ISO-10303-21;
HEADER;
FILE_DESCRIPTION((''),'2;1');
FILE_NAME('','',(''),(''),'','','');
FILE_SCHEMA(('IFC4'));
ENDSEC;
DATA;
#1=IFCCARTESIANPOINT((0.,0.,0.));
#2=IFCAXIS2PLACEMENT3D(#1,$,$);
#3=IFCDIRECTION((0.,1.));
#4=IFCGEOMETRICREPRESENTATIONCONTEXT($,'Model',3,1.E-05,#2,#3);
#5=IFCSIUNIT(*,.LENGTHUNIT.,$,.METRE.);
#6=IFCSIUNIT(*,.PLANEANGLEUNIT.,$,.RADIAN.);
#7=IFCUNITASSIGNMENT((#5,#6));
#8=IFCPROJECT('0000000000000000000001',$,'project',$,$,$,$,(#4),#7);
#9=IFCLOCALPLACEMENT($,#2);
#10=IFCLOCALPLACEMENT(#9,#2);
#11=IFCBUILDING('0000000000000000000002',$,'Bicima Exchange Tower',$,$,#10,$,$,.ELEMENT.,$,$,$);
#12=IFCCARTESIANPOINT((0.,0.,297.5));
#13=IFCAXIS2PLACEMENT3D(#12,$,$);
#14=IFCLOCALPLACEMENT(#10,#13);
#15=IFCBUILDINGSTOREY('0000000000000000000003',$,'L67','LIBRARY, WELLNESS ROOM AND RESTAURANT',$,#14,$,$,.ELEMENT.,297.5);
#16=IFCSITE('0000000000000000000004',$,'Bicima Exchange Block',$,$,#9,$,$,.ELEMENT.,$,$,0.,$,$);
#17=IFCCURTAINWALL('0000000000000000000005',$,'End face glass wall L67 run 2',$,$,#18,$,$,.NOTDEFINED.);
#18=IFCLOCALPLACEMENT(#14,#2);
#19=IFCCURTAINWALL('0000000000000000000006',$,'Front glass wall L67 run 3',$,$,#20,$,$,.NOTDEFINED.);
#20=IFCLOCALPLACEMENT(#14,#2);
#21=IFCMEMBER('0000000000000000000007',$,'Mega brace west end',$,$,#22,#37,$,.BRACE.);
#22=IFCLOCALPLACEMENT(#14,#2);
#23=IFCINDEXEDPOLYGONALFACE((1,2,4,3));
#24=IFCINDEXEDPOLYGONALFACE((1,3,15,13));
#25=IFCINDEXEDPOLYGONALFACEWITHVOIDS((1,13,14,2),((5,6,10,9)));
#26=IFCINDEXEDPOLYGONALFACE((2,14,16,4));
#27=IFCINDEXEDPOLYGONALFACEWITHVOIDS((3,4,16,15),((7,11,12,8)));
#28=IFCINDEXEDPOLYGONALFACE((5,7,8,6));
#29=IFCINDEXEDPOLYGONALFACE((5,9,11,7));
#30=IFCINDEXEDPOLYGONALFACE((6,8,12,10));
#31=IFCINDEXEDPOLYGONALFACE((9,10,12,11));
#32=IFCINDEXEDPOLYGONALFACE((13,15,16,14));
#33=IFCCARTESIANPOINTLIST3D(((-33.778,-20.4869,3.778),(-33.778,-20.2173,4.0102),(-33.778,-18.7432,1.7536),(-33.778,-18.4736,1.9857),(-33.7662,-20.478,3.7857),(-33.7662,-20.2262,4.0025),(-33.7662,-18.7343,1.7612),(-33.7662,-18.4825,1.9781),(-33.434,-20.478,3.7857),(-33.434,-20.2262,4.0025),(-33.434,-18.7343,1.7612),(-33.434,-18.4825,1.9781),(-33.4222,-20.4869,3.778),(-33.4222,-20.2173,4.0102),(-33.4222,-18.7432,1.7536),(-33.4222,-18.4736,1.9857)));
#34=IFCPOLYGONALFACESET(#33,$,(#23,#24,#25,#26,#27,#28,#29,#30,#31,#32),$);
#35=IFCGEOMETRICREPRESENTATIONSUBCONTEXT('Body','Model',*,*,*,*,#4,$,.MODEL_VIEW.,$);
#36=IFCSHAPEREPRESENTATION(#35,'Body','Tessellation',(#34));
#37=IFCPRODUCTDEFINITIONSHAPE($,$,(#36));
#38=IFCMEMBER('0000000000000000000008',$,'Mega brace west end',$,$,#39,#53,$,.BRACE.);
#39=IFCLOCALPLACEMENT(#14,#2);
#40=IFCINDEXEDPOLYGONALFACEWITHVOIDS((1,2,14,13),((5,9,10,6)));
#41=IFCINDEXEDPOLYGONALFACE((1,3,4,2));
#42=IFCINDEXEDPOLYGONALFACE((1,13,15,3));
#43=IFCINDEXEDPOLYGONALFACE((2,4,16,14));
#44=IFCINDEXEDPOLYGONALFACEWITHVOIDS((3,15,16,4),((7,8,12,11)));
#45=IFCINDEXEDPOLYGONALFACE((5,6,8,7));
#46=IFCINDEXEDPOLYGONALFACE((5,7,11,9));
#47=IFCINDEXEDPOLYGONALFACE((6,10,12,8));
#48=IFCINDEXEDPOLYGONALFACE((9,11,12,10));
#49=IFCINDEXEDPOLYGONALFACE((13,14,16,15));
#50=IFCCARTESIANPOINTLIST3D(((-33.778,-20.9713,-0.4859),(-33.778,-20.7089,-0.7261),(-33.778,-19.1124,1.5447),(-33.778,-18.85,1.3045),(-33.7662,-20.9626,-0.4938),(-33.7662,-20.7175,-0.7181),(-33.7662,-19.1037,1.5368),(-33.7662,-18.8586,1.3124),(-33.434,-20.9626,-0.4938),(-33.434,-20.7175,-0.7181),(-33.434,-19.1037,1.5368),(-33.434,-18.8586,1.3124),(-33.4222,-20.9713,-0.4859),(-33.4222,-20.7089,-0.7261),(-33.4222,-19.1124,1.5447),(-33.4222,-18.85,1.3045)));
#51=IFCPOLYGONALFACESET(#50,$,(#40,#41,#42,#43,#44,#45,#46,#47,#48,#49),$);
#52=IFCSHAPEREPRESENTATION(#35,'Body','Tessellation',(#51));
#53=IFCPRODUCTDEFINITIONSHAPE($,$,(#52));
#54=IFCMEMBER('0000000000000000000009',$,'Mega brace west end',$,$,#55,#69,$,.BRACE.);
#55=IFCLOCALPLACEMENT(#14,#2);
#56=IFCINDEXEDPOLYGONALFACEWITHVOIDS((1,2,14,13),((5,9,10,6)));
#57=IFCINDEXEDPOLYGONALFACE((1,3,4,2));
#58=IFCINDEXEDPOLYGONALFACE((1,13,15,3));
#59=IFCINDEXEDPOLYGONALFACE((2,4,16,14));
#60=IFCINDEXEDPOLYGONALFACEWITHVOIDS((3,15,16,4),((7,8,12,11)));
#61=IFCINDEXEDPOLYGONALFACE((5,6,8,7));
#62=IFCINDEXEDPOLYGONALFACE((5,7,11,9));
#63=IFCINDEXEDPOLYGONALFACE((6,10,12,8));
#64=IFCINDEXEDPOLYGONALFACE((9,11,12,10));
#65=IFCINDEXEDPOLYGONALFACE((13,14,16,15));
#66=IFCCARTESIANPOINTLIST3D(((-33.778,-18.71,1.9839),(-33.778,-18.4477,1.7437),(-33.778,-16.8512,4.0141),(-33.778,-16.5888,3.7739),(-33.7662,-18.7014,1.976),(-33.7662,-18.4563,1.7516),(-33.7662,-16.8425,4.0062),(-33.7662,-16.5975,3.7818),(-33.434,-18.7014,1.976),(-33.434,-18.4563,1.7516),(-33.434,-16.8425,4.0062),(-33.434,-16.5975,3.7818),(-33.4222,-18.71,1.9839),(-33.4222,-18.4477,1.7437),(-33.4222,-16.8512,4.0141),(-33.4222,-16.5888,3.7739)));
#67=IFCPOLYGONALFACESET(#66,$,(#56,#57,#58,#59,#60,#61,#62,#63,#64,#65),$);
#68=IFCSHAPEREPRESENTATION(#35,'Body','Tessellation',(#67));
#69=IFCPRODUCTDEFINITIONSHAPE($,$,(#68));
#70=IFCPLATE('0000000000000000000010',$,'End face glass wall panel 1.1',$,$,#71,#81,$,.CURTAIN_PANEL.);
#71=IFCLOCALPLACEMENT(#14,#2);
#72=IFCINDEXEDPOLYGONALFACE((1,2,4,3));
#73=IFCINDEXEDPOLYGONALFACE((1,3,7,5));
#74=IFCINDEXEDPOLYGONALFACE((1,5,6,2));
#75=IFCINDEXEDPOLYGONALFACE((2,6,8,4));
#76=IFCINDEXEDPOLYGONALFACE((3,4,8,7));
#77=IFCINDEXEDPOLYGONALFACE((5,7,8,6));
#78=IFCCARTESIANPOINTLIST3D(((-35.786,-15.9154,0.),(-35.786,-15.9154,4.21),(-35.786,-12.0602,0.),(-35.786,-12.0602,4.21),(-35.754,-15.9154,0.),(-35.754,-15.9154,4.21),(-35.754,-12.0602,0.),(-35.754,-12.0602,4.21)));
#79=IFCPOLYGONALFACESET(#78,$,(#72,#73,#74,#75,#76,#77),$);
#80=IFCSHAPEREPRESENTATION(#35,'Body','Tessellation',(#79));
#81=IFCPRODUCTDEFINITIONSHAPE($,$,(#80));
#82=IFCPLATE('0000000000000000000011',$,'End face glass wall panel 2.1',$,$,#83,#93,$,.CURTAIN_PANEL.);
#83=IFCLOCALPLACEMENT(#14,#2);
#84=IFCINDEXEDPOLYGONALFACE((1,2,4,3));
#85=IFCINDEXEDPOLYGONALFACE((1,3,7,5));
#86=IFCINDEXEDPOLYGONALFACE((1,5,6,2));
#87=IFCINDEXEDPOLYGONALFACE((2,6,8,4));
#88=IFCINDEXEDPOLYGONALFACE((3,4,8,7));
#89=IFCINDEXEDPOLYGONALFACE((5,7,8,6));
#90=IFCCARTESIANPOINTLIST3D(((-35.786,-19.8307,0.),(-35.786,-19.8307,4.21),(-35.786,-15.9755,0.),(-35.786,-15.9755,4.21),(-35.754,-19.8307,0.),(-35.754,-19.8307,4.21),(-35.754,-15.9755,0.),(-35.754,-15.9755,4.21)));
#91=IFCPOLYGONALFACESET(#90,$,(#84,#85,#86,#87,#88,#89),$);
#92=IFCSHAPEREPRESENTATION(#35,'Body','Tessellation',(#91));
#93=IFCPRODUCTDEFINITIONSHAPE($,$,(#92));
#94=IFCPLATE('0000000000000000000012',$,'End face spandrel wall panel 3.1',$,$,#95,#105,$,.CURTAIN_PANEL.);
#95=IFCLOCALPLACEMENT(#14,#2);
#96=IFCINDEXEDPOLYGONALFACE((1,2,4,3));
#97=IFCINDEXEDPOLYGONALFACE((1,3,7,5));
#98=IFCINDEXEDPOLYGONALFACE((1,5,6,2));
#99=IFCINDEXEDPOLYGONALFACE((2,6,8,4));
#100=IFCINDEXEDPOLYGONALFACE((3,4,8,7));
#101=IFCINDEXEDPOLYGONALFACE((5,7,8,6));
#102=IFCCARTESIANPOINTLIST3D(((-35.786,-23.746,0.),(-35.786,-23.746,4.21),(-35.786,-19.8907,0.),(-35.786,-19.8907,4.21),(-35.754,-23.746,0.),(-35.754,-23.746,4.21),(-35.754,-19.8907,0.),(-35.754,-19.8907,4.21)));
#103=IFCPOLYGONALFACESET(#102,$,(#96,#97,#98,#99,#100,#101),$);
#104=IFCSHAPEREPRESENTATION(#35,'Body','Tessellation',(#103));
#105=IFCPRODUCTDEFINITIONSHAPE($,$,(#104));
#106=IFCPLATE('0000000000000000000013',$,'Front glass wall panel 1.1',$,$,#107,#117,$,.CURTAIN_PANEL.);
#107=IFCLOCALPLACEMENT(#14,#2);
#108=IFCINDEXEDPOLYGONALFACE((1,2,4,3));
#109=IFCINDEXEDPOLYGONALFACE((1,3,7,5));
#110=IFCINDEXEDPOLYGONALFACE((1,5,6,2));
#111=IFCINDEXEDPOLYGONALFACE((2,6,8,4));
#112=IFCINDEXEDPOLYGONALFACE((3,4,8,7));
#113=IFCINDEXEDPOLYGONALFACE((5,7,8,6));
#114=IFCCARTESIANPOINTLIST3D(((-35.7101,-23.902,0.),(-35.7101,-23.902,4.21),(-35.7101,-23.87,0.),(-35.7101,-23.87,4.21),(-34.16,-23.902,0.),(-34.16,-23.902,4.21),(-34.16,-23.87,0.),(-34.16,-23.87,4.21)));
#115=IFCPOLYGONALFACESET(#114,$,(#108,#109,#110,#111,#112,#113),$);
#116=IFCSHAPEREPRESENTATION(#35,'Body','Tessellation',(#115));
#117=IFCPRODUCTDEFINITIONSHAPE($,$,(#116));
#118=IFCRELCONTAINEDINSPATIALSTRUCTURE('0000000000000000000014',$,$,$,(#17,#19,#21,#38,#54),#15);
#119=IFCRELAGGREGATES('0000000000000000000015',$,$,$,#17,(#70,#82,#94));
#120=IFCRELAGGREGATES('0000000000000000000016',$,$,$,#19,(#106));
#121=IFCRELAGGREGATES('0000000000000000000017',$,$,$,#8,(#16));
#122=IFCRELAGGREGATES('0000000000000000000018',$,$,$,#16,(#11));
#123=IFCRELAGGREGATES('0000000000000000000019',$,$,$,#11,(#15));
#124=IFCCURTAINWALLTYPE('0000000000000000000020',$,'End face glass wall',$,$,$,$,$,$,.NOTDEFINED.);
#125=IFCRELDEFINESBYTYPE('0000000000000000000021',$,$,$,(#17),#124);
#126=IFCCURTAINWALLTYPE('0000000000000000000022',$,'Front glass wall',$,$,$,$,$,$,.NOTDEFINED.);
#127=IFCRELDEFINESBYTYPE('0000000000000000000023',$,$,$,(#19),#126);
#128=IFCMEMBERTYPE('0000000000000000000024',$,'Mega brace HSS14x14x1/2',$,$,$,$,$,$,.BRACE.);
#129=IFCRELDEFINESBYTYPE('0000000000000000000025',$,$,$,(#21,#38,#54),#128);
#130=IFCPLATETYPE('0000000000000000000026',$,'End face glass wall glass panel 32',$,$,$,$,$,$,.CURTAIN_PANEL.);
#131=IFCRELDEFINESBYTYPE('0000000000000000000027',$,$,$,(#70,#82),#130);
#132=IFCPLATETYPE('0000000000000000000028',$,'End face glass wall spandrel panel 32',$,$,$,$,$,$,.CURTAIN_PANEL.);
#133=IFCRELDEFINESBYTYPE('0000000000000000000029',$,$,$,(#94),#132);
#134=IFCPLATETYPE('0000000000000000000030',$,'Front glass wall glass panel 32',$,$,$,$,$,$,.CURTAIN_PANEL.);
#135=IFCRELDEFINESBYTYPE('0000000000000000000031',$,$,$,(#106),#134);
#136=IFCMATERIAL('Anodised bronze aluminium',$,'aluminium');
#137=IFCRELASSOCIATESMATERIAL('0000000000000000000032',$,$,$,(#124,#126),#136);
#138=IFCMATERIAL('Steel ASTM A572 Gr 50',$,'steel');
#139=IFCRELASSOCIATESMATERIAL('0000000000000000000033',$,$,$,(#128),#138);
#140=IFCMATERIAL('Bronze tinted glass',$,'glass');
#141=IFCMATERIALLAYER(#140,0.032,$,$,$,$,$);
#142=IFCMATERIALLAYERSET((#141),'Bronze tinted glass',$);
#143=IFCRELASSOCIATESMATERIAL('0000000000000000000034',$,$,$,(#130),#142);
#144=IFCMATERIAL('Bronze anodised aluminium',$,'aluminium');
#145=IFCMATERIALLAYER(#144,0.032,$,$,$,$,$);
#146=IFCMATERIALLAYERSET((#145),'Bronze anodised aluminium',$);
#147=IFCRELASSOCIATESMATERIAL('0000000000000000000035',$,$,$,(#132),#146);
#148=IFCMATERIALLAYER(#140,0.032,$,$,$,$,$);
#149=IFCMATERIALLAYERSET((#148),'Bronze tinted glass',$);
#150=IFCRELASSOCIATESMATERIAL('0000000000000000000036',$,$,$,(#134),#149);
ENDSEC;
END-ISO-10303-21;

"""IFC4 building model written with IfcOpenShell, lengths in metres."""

from ifc_helpers import new_model, si_unit, direction, frame, origin, origin_2d, place, context, subcontext, project, spatial, rectangle, hollow_rectangle, extrude, material, layer, layer_set, material_profile, profile_set, type_object, element, aggregate, save


model = new_model("IFC4")

# Units and contexts
model_context = context("Model", 3, precision=1e-05, world=origin(), true_north=direction((0.0, 1.0)))
body_context = subcontext(model_context, "Body", "Model", "MODEL_VIEW")
ifc_project = project(units=[si_unit("LENGTHUNIT", "METRE"), si_unit("PLANEANGLEUNIT", "RADIAN")], contexts=[model_context])

# Site, building, storey
site_placement = place(None, origin())
site = spatial("IfcSite", under=ifc_project, at=site_placement, Name="Bicima Exchange Block", CompositionType="ELEMENT", RefElevation=0.0)
building_placement = place(site_placement, origin())
building = spatial("IfcBuilding", under=site, at=building_placement, Name="Bicima Exchange Tower", CompositionType="ELEMENT")
storey_placement = place(building_placement, frame((0.0, 0.0, 297.5)))
storey = spatial("IfcBuildingStorey", under=building, at=storey_placement, Name="L67", Description="LIBRARY, WELLNESS ROOM AND RESTAURANT", CompositionType="ELEMENT", Elevation=297.5)

# Shared definitions
ifc_material_1 = material(Name="Steel ASTM A572 Gr 50", Category="steel")

# Curtain wall
ifc_material_2 = material(Name="Anodised bronze aluminium", Category="aluminium")
curtain_wall_type_1 = type_object("IfcCurtainWallType", Name="End face glass wall", PredefinedType="NOTDEFINED", material=ifc_material_2)
curtain_wall_1_placement = place(storey_placement, origin())
curtain_wall_1 = element("IfcCurtainWall", 1, at=curtain_wall_1_placement, inside=storey, type_object=curtain_wall_type_1, Name="End face glass wall L67 run 2", PredefinedType="NOTDEFINED")

# Curtain wall
curtain_wall_type_2 = type_object("IfcCurtainWallType", Name="Front glass wall", PredefinedType="NOTDEFINED", material=ifc_material_2)
curtain_wall_2_placement = place(storey_placement, origin())
curtain_wall_2 = element("IfcCurtainWall", 2, at=curtain_wall_2_placement, inside=storey, type_object=curtain_wall_type_2, Name="Front glass wall L67 run 3", PredefinedType="NOTDEFINED")

# Members
ifc_material_profile_1 = material_profile(ifc_material_1, hollow_rectangle(XDim=0.3557, YDim=0.3557, WallThickness=0.0117, at=origin_2d()))
ifc_profile_set_1 = profile_set([ifc_material_profile_1], Name="Steel ASTM A572 Gr 50")
member_type_1 = type_object("IfcMemberType", Name="Mega brace HSS14x14x1/2", PredefinedType="BRACE", material=ifc_profile_set_1)
for number, where, z_axis, x_axis, name in (
    (3, (-33.6001, -18.6084, 1.8696), (0.0, -0.652611, 0.757693), (1.0, 0.0, 0.0), "Mega brace west end"),
):
    element("IfcMember", number, at=place(storey_placement, frame(where, z_axis=z_axis, x_axis=x_axis)), inside=storey, type_object=member_type_1, Name=name, PredefinedType="BRACE", context=body_context, shape_type="SweptSolid", body=[
        extrude(hollow_rectangle(XDim=0.3557, YDim=0.3557, WallThickness=0.0117, at=origin_2d()), origin(), (0.0, 0.0, 1.0), 2.6719),
    ])
member_1_placement = place(storey_placement, frame((-33.6001, -20.8401, -0.606), z_axis=(0.0, 0.675247, 0.737592), x_axis=(-1.0, 0.0, 0.0)))
element("IfcMember", 4, at=member_1_placement, inside=storey, type_object=member_type_1, Name="Mega brace west end", PredefinedType="BRACE", context=body_context, shape_type="SweptSolid", body=[
    extrude(hollow_rectangle(XDim=0.3557, YDim=0.3557, WallThickness=0.0117, at=origin_2d()), origin(), (0.0, 0.0, 1.0), 2.7529),
])
member_2_placement = place(storey_placement, frame((-33.6001, -18.5789, 1.8638), z_axis=(0.0, 0.675291, 0.737552), x_axis=(-1.0, 0.0, 0.0)))
element("IfcMember", 5, at=member_2_placement, inside=storey, type_object=member_type_1, Name="Mega brace west end", PredefinedType="BRACE", context=body_context, shape_type="SweptSolid", body=[
    extrude(hollow_rectangle(XDim=0.3557, YDim=0.3557, WallThickness=0.0117, at=origin_2d()), origin(), (0.0, 0.0, 1.0), 2.7527),
])

# Plates
ifc_material_3 = material(Name="Bronze tinted glass", Category="glass")
ifc_layer_1 = layer(ifc_material_3, 0.032)
ifc_layer_set_1 = layer_set([ifc_layer_1], Name="Bronze tinted glass")
plate_type_1 = type_object("IfcPlateType", Name="End face glass wall glass panel 32", PredefinedType="CURTAIN_PANEL", material=ifc_layer_set_1)
plate_1_placement = place(storey_placement, frame((-35.77, -13.9878, 0.0), z_axis=(0.0, 0.0, 1.0), x_axis=(0.0, -1.0, 0.0)))
plate_1 = element("IfcPlate", 6, at=plate_1_placement, type_object=plate_type_1, Name="End face glass wall panel 1.1", PredefinedType="CURTAIN_PANEL", context=body_context, shape_type="SweptSolid", body=[
    extrude(rectangle(XDim=3.8552, YDim=0.032, at=origin_2d()), origin(), (0.0, 0.0, 1.0), 4.21),
])
plate_2_placement = place(storey_placement, frame((-35.77, -17.9031, 0.0), z_axis=(0.0, 0.0, 1.0), x_axis=(0.0, -1.0, 0.0)))
plate_2 = element("IfcPlate", 7, at=plate_2_placement, type_object=plate_type_1, Name="End face glass wall panel 2.1", PredefinedType="CURTAIN_PANEL", context=body_context, shape_type="SweptSolid", body=[
    extrude(rectangle(XDim=3.8552, YDim=0.032, at=origin_2d()), origin(), (0.0, 0.0, 1.0), 4.21),
])
ifc_material_4 = material(Name="Bronze anodised aluminium", Category="aluminium")
ifc_layer_2 = layer(ifc_material_4, 0.032)
ifc_layer_set_2 = layer_set([ifc_layer_2], Name="Bronze anodised aluminium")
plate_type_2 = type_object("IfcPlateType", Name="End face glass wall spandrel panel 32", PredefinedType="CURTAIN_PANEL", material=ifc_layer_set_2)
plate_3_placement = place(storey_placement, frame((-35.77, -21.8184, 0.0), z_axis=(0.0, 0.0, 1.0), x_axis=(0.0, -1.0, 0.0)))
plate_3 = element("IfcPlate", 8, at=plate_3_placement, type_object=plate_type_2, Name="End face spandrel wall panel 3.1", PredefinedType="CURTAIN_PANEL", context=body_context, shape_type="SweptSolid", body=[
    extrude(rectangle(XDim=3.8552, YDim=0.032, at=origin_2d()), origin(), (0.0, 0.0, 1.0), 4.21),
])
aggregate(curtain_wall_1, [plate_1, plate_2, plate_3])
ifc_layer_3 = layer(ifc_material_3, 0.032)
ifc_layer_set_3 = layer_set([ifc_layer_3], Name="Bronze tinted glass")
plate_type_3 = type_object("IfcPlateType", Name="Front glass wall glass panel 32", PredefinedType="CURTAIN_PANEL", material=ifc_layer_set_3)
plate_4_placement = place(storey_placement, frame((-34.9351, -23.886, 0.0), z_axis=(0.0, 0.0, 1.0), x_axis=(1.0, 0.0, 0.0)))
plate_4 = element("IfcPlate", 9, at=plate_4_placement, type_object=plate_type_3, Name="Front glass wall panel 1.1", PredefinedType="CURTAIN_PANEL", context=body_context, shape_type="SweptSolid", body=[
    extrude(rectangle(XDim=1.55, YDim=0.032, at=origin_2d()), origin(), (0.0, 0.0, 1.0), 4.21),
])
aggregate(curtain_wall_2, [plate_4])

save(model, "model.ifc")
